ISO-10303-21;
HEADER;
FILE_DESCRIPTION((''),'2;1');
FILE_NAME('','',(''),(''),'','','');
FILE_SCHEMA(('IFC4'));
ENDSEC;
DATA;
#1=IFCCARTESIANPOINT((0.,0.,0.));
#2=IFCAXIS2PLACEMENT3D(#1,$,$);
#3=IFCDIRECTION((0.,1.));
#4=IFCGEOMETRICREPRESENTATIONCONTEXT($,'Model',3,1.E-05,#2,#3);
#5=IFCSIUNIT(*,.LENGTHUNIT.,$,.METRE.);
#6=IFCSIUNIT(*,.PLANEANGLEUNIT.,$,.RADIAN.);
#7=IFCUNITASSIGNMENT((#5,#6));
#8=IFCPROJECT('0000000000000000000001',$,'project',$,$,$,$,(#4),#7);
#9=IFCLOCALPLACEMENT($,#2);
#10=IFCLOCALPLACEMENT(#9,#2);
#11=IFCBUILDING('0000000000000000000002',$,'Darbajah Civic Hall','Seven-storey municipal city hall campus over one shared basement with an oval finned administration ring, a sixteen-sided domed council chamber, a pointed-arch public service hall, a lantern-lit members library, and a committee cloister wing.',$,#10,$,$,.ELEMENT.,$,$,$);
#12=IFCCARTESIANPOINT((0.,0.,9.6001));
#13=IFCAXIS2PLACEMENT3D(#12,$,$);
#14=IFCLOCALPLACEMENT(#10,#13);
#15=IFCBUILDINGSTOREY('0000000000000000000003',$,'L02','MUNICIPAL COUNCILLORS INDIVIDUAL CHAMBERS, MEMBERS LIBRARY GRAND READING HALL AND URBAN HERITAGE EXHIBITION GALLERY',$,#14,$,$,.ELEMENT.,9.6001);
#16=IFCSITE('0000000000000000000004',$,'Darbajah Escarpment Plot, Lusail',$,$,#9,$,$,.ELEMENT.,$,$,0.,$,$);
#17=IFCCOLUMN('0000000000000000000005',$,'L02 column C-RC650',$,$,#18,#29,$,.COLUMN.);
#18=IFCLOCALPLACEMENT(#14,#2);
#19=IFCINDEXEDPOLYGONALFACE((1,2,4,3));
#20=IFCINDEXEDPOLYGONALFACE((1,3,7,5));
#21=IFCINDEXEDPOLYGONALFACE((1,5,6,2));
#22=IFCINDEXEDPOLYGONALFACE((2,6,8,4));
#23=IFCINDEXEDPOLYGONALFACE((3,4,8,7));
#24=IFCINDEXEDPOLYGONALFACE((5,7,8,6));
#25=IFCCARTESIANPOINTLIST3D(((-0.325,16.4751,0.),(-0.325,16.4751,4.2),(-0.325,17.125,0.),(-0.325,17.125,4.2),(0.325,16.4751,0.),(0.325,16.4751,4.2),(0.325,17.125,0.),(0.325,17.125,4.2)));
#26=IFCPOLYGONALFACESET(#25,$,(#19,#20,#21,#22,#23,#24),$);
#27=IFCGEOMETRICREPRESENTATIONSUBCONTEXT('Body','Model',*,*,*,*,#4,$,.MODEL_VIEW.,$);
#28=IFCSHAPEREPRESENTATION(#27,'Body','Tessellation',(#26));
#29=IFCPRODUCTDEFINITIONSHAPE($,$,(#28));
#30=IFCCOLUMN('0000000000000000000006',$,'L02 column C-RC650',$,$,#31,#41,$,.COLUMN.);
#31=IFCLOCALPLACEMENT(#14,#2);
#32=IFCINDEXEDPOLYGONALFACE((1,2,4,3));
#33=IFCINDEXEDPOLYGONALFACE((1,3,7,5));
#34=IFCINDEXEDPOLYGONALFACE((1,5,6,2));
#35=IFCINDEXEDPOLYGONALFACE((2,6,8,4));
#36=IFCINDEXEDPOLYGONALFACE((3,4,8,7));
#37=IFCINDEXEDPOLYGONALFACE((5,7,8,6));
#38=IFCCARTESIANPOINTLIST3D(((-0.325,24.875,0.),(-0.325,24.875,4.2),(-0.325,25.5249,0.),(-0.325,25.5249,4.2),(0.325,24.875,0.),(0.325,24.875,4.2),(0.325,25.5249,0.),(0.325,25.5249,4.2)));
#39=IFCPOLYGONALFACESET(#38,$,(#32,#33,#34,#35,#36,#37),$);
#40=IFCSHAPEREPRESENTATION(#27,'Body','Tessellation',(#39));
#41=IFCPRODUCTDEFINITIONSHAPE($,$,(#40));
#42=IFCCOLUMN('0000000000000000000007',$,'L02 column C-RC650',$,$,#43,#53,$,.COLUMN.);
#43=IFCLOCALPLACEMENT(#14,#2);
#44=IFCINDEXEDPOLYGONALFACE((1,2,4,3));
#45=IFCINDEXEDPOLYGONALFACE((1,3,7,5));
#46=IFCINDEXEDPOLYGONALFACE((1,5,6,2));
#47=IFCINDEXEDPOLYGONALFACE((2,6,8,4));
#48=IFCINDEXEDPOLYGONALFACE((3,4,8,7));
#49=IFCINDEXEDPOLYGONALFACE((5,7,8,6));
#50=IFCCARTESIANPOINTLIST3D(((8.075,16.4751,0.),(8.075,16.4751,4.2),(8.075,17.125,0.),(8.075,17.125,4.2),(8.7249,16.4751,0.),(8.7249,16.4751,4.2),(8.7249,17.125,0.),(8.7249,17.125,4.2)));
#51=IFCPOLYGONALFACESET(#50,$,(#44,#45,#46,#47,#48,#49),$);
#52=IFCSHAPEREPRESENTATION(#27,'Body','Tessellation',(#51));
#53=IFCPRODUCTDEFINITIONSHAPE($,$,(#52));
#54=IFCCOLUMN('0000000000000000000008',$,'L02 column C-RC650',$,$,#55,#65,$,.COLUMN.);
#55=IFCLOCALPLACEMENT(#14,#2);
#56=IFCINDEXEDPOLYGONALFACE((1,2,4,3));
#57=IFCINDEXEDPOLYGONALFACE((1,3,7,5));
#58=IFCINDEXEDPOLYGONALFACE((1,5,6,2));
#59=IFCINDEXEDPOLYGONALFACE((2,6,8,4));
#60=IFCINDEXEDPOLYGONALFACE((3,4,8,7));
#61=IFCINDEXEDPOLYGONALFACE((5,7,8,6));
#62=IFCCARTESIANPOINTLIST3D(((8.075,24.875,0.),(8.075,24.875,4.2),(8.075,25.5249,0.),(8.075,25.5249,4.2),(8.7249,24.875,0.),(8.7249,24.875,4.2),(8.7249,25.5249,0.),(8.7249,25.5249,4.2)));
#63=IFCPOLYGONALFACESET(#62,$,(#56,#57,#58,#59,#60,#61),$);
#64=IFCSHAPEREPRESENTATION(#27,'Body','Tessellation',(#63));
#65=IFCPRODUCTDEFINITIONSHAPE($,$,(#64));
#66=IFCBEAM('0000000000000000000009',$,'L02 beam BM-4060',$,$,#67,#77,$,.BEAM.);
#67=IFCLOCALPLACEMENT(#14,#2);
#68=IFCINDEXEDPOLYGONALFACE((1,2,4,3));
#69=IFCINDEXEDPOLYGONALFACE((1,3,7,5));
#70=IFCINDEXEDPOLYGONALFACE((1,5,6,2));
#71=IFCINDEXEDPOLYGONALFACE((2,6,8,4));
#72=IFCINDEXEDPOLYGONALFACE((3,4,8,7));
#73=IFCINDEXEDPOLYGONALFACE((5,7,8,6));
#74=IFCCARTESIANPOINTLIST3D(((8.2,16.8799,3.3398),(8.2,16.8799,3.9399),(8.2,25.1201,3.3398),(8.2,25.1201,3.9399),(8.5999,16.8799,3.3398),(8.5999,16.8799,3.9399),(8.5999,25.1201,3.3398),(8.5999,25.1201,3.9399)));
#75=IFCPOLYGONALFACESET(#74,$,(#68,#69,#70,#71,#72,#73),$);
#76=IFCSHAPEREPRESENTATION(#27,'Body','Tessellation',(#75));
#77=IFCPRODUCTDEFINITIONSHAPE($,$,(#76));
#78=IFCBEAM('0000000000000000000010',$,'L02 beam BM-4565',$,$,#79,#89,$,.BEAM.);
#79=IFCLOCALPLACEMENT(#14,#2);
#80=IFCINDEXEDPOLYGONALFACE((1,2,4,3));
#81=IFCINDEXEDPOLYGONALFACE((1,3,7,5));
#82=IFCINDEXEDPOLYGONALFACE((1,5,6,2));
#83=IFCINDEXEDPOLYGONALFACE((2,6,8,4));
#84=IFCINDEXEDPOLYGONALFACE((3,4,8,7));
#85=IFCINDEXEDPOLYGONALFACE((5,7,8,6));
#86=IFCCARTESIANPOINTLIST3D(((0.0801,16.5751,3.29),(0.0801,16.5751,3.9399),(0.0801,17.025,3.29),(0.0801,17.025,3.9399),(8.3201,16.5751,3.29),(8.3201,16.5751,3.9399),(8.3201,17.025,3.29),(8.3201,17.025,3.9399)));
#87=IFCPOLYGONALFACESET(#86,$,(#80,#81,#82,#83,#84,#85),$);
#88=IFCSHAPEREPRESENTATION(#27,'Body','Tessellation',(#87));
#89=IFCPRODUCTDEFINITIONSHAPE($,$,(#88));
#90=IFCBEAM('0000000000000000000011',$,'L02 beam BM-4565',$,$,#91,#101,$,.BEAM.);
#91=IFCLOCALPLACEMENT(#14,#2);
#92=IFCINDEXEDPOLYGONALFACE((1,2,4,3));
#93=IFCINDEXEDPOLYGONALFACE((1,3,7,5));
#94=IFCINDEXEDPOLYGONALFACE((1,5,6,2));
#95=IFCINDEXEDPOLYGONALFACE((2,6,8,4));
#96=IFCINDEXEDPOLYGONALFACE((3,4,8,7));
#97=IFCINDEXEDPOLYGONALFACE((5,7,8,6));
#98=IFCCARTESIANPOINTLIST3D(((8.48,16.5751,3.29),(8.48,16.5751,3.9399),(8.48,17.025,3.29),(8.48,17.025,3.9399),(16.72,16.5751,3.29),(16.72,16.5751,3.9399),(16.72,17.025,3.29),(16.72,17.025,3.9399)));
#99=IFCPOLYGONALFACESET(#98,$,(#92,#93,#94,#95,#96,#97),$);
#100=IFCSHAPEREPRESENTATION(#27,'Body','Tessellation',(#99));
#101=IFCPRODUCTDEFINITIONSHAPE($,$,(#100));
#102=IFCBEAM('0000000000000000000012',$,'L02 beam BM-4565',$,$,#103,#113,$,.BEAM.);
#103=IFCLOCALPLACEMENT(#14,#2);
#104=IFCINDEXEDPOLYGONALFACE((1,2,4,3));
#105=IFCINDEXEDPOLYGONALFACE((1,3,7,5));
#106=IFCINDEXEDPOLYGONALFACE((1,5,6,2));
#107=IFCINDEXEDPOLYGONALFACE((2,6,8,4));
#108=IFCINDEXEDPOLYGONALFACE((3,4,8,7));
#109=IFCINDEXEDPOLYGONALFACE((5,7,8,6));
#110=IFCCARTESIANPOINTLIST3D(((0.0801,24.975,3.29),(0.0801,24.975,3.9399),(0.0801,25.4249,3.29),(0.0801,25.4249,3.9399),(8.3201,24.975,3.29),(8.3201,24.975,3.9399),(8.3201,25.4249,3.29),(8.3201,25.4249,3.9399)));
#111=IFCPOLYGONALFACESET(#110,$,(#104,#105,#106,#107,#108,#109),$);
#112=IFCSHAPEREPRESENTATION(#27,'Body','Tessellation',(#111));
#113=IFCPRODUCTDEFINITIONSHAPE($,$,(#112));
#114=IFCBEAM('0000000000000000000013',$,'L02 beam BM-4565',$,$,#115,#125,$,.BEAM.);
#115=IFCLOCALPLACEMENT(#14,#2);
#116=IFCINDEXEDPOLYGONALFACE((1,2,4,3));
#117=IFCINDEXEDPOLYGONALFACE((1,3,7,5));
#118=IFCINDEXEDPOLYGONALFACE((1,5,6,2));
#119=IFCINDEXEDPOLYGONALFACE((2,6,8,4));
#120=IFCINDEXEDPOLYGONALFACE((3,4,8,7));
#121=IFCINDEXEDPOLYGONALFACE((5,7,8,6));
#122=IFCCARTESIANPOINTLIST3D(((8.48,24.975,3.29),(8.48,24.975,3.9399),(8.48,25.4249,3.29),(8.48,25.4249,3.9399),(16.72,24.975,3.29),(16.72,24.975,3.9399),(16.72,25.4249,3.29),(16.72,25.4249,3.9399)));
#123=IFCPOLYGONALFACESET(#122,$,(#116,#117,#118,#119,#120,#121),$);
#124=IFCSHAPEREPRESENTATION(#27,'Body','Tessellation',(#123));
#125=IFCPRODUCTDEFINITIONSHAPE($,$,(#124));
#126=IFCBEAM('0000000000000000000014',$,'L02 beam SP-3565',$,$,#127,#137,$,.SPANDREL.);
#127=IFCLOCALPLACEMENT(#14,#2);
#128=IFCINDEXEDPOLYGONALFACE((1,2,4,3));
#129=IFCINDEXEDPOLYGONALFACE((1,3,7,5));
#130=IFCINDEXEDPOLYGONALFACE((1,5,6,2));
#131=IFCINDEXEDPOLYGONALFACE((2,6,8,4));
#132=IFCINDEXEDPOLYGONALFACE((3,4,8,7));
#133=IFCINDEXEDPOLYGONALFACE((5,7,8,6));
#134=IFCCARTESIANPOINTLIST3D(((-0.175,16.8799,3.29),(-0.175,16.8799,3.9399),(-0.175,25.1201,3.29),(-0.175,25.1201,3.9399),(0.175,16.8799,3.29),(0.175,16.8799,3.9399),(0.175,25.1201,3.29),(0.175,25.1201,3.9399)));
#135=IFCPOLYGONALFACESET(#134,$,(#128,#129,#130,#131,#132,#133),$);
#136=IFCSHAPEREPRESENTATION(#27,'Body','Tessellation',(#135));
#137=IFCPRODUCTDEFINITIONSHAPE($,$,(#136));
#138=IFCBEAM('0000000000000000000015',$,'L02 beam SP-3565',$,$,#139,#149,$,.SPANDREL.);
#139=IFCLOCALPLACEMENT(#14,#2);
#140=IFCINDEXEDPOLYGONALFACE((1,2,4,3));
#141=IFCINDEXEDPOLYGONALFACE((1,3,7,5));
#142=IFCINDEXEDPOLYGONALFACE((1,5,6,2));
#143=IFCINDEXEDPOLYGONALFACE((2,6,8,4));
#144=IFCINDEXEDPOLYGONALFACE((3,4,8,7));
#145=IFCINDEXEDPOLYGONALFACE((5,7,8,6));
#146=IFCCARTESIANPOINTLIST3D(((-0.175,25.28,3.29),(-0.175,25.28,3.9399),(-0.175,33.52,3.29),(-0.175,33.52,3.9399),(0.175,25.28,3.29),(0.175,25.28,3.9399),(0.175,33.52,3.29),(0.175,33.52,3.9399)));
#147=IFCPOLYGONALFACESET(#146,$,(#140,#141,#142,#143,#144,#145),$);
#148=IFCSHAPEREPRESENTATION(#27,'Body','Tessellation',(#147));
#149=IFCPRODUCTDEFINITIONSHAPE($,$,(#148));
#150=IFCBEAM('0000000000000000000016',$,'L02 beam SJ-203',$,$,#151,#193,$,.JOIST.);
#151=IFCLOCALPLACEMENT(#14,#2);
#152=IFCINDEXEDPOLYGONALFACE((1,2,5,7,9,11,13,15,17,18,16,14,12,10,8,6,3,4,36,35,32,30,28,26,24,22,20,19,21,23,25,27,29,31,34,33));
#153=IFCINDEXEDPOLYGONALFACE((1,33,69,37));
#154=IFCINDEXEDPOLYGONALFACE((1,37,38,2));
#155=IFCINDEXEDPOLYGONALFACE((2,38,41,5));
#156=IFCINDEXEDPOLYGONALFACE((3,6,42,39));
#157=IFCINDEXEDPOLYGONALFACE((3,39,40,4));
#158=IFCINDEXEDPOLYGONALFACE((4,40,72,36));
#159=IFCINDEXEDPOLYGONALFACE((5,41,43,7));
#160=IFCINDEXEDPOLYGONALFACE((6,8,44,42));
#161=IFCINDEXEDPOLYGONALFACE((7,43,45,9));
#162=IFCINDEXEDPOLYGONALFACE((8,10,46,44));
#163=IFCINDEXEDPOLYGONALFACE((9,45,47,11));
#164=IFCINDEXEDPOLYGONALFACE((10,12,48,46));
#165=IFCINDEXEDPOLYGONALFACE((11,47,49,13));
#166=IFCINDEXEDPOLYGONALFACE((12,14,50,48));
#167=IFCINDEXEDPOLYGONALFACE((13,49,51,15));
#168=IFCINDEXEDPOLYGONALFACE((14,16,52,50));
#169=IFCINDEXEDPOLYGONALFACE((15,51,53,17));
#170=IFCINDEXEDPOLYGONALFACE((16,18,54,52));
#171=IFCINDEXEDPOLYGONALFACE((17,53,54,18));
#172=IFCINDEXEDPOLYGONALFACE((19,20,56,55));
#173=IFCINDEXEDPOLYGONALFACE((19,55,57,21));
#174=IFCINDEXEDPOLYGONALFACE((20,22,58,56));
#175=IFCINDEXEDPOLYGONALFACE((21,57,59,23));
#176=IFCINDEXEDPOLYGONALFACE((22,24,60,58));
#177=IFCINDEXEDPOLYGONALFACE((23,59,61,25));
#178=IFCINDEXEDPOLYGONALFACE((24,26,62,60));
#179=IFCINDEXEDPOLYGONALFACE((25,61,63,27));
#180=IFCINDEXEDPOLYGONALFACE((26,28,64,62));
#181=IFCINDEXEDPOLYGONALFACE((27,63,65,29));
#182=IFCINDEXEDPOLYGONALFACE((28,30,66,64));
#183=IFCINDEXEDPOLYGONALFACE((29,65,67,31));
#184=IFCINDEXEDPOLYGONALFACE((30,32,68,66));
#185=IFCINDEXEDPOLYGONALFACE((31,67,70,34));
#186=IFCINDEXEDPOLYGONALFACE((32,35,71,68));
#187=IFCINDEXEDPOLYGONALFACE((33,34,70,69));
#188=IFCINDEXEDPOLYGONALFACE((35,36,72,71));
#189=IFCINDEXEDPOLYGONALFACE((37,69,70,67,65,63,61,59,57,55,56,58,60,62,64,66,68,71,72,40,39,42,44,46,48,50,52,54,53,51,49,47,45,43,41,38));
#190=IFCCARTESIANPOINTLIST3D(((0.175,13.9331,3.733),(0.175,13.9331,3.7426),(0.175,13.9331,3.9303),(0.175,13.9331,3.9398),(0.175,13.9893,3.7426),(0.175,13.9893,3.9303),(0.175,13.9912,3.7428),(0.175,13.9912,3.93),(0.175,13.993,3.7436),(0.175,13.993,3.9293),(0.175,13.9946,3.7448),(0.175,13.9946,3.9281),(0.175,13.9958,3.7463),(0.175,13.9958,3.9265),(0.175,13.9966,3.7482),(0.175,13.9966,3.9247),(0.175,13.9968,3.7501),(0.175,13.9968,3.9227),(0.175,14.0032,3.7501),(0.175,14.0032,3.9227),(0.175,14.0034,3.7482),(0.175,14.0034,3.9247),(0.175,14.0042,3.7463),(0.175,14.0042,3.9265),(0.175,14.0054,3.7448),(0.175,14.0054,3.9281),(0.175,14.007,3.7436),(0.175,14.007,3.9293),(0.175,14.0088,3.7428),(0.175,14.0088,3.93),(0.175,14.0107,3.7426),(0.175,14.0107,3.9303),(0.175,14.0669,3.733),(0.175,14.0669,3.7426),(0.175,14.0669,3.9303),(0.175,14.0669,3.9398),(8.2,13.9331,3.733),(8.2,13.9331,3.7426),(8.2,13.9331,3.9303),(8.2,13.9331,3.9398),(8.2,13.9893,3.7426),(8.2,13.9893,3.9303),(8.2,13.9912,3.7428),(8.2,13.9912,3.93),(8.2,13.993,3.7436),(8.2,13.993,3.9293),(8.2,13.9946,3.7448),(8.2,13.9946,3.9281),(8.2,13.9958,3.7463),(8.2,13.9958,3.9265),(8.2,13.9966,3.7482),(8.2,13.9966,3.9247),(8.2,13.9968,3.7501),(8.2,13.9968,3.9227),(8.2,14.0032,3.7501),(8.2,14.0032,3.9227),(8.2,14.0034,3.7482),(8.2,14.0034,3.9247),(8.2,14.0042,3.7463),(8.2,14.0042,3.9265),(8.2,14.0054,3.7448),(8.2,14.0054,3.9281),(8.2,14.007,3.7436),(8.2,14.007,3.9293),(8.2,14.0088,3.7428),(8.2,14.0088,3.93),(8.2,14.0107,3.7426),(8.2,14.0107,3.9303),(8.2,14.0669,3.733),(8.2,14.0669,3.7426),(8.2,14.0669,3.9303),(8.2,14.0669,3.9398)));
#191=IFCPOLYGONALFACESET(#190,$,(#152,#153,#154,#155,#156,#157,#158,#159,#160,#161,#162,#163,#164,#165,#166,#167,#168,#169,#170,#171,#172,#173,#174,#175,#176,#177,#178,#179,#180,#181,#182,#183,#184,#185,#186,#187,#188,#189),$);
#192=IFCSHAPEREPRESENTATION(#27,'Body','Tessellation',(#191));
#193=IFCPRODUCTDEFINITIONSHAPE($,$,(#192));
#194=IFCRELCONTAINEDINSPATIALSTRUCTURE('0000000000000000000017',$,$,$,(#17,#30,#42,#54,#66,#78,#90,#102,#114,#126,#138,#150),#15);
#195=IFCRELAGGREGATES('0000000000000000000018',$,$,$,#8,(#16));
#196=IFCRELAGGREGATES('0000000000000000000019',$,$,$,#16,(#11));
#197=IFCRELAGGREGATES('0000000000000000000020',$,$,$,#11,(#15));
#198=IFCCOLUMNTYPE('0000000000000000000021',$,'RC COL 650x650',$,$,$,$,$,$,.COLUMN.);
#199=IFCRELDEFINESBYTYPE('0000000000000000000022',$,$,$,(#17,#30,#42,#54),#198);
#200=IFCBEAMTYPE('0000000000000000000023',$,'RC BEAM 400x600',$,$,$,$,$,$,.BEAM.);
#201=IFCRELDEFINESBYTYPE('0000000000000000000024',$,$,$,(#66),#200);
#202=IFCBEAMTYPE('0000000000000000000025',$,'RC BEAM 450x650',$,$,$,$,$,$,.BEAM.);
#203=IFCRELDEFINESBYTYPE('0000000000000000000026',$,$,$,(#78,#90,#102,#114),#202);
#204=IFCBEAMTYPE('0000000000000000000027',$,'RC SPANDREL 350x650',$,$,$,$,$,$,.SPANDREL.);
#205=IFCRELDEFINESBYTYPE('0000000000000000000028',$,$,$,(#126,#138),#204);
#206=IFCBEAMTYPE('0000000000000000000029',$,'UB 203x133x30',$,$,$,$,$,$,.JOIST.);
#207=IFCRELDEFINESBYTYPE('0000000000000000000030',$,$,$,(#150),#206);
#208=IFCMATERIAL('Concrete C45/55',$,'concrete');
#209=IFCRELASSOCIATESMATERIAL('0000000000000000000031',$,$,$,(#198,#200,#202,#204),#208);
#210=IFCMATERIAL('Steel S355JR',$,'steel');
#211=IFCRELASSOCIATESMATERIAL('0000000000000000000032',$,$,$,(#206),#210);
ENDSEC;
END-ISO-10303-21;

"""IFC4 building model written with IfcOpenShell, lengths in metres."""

from ifc_helpers import new_model, si_unit, direction, frame, origin, origin_2d, place, context, subcontext, project, spatial, rectangle, i_section, extrude, material, material_profile, profile_set, type_object, element, save


model = new_model("IFC4")

# Units and contexts
model_context = context("Model", 3, precision=1e-05, world=origin(), true_north=direction((0.0, 1.0)))
body_context = subcontext(model_context, "Body", "Model", "MODEL_VIEW")
ifc_project = project(units=[si_unit("LENGTHUNIT", "METRE"), si_unit("PLANEANGLEUNIT", "RADIAN")], contexts=[model_context])

# Site, building, storey
site_placement = place(None, origin())
site = spatial("IfcSite", under=ifc_project, at=site_placement, Name="Darbajah Escarpment Plot, Lusail", CompositionType="ELEMENT", RefElevation=0.0)
building_placement = place(site_placement, origin())
building = spatial("IfcBuilding", under=site, at=building_placement, Name="Darbajah Civic Hall", Description="Seven-storey municipal city hall campus over one shared basement with an oval finned administration ring, a sixteen-sided domed council chamber, a pointed-arch public service hall, a lantern-lit members library, and a committee cloister wing.", CompositionType="ELEMENT")
storey_placement = place(building_placement, frame((0.0, 0.0, 9.6001)))
storey = spatial("IfcBuildingStorey", under=building, at=storey_placement, Name="L02", Description="MUNICIPAL COUNCILLORS INDIVIDUAL CHAMBERS, MEMBERS LIBRARY GRAND READING HALL AND URBAN HERITAGE EXHIBITION GALLERY", CompositionType="ELEMENT", Elevation=9.6001)

# Columns
ifc_material_1 = material(Name="Concrete C45/55", Category="concrete")
ifc_material_profile_1 = material_profile(ifc_material_1, rectangle(XDim=0.6499, YDim=0.6499, at=origin_2d()), Name="RC COL 650x650")
ifc_profile_set_1 = profile_set([ifc_material_profile_1], Name="Concrete C45/55")
column_type = type_object("IfcColumnType", Name="RC COL 650x650", PredefinedType="COLUMN", material=ifc_profile_set_1)
for number, where, z_axis, x_axis, name in (
    (1, (0.0, 16.8, 0.0), (0.0, 0.0, 1.0), (1.0, 0.0, 0.0), "L02 column C-RC650"),
    (2, (0.0, 25.2, 0.0), (0.0, 0.0, 1.0), (1.0, 0.0, 0.0), "L02 column C-RC650"),
    (3, (8.3999, 16.8, 0.0), (0.0, 0.0, 1.0), (1.0, 0.0, 0.0), "L02 column C-RC650"),
    (4, (8.3999, 25.2, 0.0), (0.0, 0.0, 1.0), (1.0, 0.0, 0.0), "L02 column C-RC650"),
):
    element("IfcColumn", number, at=place(storey_placement, frame(where, z_axis=z_axis, x_axis=x_axis)), inside=storey, type_object=column_type, Name=name, PredefinedType="COLUMN", context=body_context, shape_type="SweptSolid", body=[
        extrude(rectangle(XDim=0.6499, YDim=0.6499, at=origin_2d()), origin(), (0.0, 0.0, 1.0), 4.2),
    ])

# Beams
ifc_material_profile_2 = material_profile(ifc_material_1, rectangle(XDim=0.3999, YDim=0.6001, at=origin_2d()), Name="RC BEAM 400x600")
ifc_profile_set_2 = profile_set([ifc_material_profile_2], Name="Concrete C45/55")
beam_type_1 = type_object("IfcBeamType", Name="RC BEAM 400x600", PredefinedType="BEAM", material=ifc_profile_set_2)
beam_1_placement = place(storey_placement, frame((8.3999, 16.8799, 3.6399), z_axis=(0.0, 1.0, 0.0), x_axis=(-1.0, 0.0, 0.0)))
element("IfcBeam", 5, at=beam_1_placement, inside=storey, type_object=beam_type_1, Name="L02 beam BM-4060", PredefinedType="BEAM", context=body_context, shape_type="SweptSolid", body=[
    extrude(rectangle(XDim=0.3999, YDim=0.6001, at=origin_2d()), origin(), (0.0, 0.0, 1.0), 8.2402),
])
ifc_material_profile_3 = material_profile(ifc_material_1, rectangle(XDim=0.45, YDim=0.6499, at=origin_2d()), Name="RC BEAM 450x650")
ifc_profile_set_3 = profile_set([ifc_material_profile_3], Name="Concrete C45/55")
beam_type_2 = type_object("IfcBeamType", Name="RC BEAM 450x650", PredefinedType="BEAM", material=ifc_profile_set_3)
for number, where, z_axis, x_axis, name in (
    (6, (0.0801, 16.8, 3.615), (1.0, 0.0, 0.0), (0.0, 1.0, 0.0), "L02 beam BM-4565"),
    (7, (8.48, 16.8, 3.615), (1.0, 0.0, 0.0), (0.0, 1.0, 0.0), "L02 beam BM-4565"),
    (8, (0.0801, 25.2, 3.615), (1.0, 0.0, 0.0), (0.0, 1.0, 0.0), "L02 beam BM-4565"),
    (9, (8.48, 25.2, 3.615), (1.0, 0.0, 0.0), (0.0, 1.0, 0.0), "L02 beam BM-4565"),
):
    element("IfcBeam", number, at=place(storey_placement, frame(where, z_axis=z_axis, x_axis=x_axis)), inside=storey, type_object=beam_type_2, Name=name, PredefinedType="BEAM", context=body_context, shape_type="SweptSolid", body=[
        extrude(rectangle(XDim=0.45, YDim=0.6499, at=origin_2d()), origin(), (0.0, 0.0, 1.0), 8.24),
    ])
ifc_material_profile_4 = material_profile(ifc_material_1, rectangle(XDim=0.3501, YDim=0.6499, at=origin_2d()), Name="RC SPANDREL 350x650")
ifc_profile_set_4 = profile_set([ifc_material_profile_4], Name="Concrete C45/55")
beam_type_3 = type_object("IfcBeamType", Name="RC SPANDREL 350x650", PredefinedType="SPANDREL", material=ifc_profile_set_4)
beam_2_placement = place(storey_placement, frame((0.0, 16.8799, 3.615), z_axis=(0.0, 1.0, 0.0), x_axis=(-1.0, 0.0, 0.0)))
element("IfcBeam", 10, at=beam_2_placement, inside=storey, type_object=beam_type_3, Name="L02 beam SP-3565", PredefinedType="SPANDREL", context=body_context, shape_type="SweptSolid", body=[
    extrude(rectangle(XDim=0.3501, YDim=0.6499, at=origin_2d()), origin(), (0.0, 0.0, 1.0), 8.2402),
])
beam_3_placement = place(storey_placement, frame((0.0, 25.28, 3.615), z_axis=(0.0, 1.0, 0.0), x_axis=(-1.0, 0.0, 0.0)))
element("IfcBeam", 11, at=beam_3_placement, inside=storey, type_object=beam_type_3, Name="L02 beam SP-3565", PredefinedType="SPANDREL", context=body_context, shape_type="SweptSolid", body=[
    extrude(rectangle(XDim=0.3501, YDim=0.6499, at=origin_2d()), origin(), (0.0, 0.0, 1.0), 8.24),
])
ifc_material_2 = material(Name="Steel S355JR", Category="steel")
ifc_material_profile_5 = material_profile(ifc_material_2, i_section(OverallWidth=0.1338, OverallDepth=0.2068, WebThickness=0.0063, FlangeThickness=0.0095, FilletRadius=0.0076, at=origin_2d()), Name="UB 203x133x30")
ifc_profile_set_5 = profile_set([ifc_material_profile_5], Name="Steel S355JR")
beam_type_4 = type_object("IfcBeamType", Name="UB 203x133x30", PredefinedType="JOIST", material=ifc_profile_set_5)
for number, where, z_axis, x_axis, name in (
    (12, (0.175, 14.0, 3.8364), (1.0, 0.0, 0.0), (0.0, 1.0, 0.0), "L02 beam SJ-203"),
):
    element("IfcBeam", number, at=place(storey_placement, frame(where, z_axis=z_axis, x_axis=x_axis)), inside=storey, type_object=beam_type_4, Name=name, PredefinedType="JOIST", context=body_context, shape_type="SweptSolid", body=[
        extrude(i_section(OverallWidth=0.1338, OverallDepth=0.2068, WebThickness=0.0063, FlangeThickness=0.0095, FilletRadius=0.0076, at=origin_2d()), origin(), (0.0, 0.0, 1.0), 8.0249),
    ])

save(model, "model.ifc")
